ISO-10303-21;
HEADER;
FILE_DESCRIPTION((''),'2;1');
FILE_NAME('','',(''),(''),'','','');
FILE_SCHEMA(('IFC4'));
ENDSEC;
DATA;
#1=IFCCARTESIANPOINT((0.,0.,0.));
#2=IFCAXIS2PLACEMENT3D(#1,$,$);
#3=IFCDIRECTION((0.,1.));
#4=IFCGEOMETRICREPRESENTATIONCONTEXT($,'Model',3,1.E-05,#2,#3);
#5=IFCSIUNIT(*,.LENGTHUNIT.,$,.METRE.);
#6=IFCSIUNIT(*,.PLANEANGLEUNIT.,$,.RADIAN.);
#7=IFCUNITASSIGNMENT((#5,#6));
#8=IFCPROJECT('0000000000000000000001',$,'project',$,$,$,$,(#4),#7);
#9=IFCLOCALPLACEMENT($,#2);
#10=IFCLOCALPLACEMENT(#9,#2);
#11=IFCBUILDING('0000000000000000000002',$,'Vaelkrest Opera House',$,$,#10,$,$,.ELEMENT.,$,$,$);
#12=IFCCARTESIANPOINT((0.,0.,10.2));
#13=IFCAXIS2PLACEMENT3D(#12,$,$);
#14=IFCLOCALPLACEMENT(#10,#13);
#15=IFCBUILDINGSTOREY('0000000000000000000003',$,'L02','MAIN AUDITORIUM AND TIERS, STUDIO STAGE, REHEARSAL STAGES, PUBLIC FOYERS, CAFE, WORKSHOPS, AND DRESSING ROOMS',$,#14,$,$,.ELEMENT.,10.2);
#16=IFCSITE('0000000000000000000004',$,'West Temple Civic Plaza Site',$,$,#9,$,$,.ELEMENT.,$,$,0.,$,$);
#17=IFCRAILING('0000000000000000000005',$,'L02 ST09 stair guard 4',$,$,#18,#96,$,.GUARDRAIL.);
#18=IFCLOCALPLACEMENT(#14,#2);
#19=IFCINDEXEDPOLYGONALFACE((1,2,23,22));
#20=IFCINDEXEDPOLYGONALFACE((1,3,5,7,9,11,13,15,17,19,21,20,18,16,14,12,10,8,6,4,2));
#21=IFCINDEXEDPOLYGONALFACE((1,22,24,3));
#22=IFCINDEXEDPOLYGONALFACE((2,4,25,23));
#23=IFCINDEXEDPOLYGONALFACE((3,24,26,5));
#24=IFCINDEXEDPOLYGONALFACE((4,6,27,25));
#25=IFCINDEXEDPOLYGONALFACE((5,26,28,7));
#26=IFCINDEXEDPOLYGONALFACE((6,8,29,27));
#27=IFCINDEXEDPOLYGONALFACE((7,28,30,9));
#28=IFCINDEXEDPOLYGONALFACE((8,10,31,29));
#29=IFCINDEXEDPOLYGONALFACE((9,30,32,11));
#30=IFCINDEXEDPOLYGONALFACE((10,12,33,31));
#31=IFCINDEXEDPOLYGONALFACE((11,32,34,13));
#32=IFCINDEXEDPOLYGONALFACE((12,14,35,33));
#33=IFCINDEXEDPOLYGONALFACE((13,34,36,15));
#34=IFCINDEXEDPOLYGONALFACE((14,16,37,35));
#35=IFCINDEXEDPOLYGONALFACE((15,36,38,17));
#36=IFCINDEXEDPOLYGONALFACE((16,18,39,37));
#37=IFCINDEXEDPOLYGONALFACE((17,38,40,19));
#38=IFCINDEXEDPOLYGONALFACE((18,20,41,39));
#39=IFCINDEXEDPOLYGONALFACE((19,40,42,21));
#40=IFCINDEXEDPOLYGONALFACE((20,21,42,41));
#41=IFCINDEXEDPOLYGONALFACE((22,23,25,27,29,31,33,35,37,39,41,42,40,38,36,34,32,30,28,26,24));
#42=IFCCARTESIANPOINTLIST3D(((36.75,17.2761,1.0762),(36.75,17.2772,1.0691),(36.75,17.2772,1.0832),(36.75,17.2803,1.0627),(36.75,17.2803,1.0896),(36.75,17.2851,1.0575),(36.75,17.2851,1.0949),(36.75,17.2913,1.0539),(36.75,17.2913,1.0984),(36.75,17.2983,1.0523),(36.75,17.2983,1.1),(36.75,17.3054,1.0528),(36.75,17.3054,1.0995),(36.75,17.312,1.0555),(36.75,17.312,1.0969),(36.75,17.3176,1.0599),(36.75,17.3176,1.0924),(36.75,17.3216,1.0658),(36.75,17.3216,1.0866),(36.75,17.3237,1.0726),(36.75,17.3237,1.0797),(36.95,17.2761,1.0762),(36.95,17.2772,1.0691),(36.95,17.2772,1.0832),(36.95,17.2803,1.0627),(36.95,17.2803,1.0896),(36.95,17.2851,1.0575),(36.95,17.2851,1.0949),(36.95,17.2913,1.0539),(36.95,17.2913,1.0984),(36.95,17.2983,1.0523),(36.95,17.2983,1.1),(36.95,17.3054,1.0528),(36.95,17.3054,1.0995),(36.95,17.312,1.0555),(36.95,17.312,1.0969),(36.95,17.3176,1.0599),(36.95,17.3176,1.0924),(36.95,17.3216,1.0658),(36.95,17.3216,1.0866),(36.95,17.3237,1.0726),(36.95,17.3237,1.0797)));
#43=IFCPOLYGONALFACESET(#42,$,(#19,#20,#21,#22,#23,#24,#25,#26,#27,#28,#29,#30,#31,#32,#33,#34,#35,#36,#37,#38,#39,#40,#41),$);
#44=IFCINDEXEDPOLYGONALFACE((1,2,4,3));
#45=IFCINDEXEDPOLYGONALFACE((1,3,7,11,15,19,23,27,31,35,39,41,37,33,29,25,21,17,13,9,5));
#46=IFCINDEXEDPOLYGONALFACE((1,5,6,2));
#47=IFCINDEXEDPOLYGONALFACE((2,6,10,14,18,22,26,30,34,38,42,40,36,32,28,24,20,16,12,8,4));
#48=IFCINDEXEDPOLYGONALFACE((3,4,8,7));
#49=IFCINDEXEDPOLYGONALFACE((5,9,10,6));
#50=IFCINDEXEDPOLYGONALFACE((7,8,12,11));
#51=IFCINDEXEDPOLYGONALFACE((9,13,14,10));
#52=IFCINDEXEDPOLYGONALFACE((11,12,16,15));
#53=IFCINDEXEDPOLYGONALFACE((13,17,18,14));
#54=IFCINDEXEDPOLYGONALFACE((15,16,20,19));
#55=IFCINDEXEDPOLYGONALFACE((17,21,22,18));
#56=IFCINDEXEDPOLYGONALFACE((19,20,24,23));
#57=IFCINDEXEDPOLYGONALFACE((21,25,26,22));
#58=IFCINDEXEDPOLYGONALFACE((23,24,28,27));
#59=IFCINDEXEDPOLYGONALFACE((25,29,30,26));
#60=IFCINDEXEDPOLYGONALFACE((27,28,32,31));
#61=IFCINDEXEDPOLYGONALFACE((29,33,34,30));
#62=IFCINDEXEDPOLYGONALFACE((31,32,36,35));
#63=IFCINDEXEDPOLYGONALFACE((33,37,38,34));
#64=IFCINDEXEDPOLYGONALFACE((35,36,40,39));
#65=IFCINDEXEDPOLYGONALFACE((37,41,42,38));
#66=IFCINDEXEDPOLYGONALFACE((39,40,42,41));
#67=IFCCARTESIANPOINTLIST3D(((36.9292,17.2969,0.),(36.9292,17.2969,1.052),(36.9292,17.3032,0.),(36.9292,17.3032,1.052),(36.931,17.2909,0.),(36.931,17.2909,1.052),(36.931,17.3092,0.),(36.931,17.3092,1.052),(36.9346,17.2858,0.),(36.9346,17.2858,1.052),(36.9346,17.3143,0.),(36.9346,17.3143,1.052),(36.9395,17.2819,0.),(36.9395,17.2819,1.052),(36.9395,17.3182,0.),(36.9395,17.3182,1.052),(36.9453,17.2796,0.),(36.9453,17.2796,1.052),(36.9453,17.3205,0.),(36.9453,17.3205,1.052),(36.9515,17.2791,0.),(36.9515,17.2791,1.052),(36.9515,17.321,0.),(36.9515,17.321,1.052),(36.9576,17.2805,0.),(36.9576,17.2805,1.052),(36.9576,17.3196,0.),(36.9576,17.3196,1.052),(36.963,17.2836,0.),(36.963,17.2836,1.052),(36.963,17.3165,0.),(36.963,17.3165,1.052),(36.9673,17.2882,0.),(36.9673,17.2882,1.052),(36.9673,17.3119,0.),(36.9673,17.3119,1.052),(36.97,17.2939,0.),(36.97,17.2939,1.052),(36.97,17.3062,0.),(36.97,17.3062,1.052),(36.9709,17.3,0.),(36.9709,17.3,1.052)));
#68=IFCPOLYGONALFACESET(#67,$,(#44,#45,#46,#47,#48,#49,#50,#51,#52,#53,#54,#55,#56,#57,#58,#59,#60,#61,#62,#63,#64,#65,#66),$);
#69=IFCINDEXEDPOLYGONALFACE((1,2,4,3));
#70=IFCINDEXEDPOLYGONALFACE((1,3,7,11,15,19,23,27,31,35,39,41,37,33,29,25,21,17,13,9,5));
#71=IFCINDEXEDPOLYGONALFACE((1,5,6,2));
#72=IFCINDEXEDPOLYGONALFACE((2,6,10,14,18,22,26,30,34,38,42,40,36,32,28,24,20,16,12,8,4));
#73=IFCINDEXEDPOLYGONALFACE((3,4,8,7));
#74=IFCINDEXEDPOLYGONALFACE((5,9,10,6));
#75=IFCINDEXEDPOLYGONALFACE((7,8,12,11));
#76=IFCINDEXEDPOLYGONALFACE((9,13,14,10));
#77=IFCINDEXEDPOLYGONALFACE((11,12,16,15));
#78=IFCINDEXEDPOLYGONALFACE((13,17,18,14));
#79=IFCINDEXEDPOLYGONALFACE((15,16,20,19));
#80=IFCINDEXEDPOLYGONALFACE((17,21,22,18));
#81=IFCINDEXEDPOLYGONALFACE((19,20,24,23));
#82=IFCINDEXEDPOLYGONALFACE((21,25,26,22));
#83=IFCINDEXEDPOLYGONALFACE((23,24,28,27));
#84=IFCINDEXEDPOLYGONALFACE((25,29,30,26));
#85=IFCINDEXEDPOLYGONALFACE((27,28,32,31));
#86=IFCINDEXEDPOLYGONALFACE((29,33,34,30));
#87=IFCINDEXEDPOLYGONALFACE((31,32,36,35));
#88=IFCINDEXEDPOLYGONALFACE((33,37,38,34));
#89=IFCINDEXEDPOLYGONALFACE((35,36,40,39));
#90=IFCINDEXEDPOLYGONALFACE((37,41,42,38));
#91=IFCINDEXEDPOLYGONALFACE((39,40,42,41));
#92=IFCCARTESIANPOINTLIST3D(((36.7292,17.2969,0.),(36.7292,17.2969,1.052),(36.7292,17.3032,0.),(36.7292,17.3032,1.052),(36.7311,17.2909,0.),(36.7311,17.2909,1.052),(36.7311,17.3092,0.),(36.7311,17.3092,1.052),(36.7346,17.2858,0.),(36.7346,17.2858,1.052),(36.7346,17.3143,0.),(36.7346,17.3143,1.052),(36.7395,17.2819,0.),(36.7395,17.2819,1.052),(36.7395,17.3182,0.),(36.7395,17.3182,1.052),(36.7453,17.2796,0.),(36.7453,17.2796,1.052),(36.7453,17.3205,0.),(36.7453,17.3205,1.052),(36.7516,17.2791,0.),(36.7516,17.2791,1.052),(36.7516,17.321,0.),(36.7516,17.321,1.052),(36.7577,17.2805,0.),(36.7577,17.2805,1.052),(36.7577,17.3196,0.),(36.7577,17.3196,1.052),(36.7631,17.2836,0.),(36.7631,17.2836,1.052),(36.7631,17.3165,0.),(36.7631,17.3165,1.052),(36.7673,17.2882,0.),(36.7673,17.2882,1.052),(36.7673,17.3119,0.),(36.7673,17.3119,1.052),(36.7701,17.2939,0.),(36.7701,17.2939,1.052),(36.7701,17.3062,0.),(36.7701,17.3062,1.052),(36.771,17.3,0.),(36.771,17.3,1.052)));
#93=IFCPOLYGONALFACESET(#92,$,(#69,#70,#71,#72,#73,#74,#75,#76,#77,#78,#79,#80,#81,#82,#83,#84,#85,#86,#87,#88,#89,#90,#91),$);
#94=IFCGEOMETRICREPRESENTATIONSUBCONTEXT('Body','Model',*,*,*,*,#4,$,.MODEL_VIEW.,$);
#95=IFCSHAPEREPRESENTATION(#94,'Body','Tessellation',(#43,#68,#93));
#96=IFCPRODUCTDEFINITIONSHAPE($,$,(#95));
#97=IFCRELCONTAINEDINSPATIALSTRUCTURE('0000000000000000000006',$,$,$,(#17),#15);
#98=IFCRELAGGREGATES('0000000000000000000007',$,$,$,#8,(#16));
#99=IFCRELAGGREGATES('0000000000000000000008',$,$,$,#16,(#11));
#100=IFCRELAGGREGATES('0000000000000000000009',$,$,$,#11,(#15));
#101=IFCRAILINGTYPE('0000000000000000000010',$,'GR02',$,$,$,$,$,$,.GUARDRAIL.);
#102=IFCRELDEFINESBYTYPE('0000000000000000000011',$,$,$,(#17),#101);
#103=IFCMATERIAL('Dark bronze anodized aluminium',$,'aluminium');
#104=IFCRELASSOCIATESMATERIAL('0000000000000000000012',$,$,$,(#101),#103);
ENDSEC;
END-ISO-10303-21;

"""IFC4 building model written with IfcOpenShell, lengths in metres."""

from ifc_helpers import new_model, si_unit, direction, frame, origin, origin_2d, place, context, subcontext, project, spatial, circle, extrude, material, type_object, element, save


model = new_model("IFC4")

# Units and contexts
model_context = context("Model", 3, precision=1e-05, world=origin(), true_north=direction((0.0, 1.0)))
body_context = subcontext(model_context, "Body", "Model", "MODEL_VIEW")
ifc_project = project(units=[si_unit("LENGTHUNIT", "METRE"), si_unit("PLANEANGLEUNIT", "RADIAN")], contexts=[model_context])

# Site, building, storey
site_placement = place(None, origin())
site = spatial("IfcSite", under=ifc_project, at=site_placement, Name="West Temple Civic Plaza Site", CompositionType="ELEMENT", RefElevation=0.0)
building_placement = place(site_placement, origin())
building = spatial("IfcBuilding", under=site, at=building_placement, Name="Vaelkrest Opera House", CompositionType="ELEMENT")
storey_placement = place(building_placement, frame((0.0, 0.0, 10.2)))
storey = spatial("IfcBuildingStorey", under=building, at=storey_placement, Name="L02", Description="MAIN AUDITORIUM AND TIERS, STUDIO STAGE, REHEARSAL STAGES, PUBLIC FOYERS, CAFE, WORKSHOPS, AND DRESSING ROOMS", CompositionType="ELEMENT", Elevation=10.2)

# Shared definitions
ifc_material_1 = material(Name="Dark bronze anodized aluminium", Category="aluminium")

# Railing
railing_type_1 = type_object("IfcRailingType", Name="GR02", PredefinedType="GUARDRAIL", material=ifc_material_1)
railing_1_placement = place(storey_placement, frame((36.95, 17.3, 0.0)))
element("IfcRailing", 1, at=railing_1_placement, inside=storey, type_object=railing_type_1, Name="L02 ST09 stair guard 4", PredefinedType="GUARDRAIL", context=body_context, shape_type="SweptSolid", body=[
    extrude(circle(Radius=0.0239, at=origin_2d()), frame((0.0, 0.0, 1.0762), z_axis=(-1.0, 0.0, 0.0), x_axis=(0.0, -1.0, 0.0)), (0.0, 0.0, 1.0), 0.2),
    extrude(circle(Radius=0.021, at=origin_2d()), origin(), (0.0, 0.0, 1.0), 1.052),
    extrude(circle(Radius=0.021, at=origin_2d()), frame((-0.2, 0.0, 0.0)), (0.0, 0.0, 1.0), 1.052),
])

save(model, "model.ifc")
